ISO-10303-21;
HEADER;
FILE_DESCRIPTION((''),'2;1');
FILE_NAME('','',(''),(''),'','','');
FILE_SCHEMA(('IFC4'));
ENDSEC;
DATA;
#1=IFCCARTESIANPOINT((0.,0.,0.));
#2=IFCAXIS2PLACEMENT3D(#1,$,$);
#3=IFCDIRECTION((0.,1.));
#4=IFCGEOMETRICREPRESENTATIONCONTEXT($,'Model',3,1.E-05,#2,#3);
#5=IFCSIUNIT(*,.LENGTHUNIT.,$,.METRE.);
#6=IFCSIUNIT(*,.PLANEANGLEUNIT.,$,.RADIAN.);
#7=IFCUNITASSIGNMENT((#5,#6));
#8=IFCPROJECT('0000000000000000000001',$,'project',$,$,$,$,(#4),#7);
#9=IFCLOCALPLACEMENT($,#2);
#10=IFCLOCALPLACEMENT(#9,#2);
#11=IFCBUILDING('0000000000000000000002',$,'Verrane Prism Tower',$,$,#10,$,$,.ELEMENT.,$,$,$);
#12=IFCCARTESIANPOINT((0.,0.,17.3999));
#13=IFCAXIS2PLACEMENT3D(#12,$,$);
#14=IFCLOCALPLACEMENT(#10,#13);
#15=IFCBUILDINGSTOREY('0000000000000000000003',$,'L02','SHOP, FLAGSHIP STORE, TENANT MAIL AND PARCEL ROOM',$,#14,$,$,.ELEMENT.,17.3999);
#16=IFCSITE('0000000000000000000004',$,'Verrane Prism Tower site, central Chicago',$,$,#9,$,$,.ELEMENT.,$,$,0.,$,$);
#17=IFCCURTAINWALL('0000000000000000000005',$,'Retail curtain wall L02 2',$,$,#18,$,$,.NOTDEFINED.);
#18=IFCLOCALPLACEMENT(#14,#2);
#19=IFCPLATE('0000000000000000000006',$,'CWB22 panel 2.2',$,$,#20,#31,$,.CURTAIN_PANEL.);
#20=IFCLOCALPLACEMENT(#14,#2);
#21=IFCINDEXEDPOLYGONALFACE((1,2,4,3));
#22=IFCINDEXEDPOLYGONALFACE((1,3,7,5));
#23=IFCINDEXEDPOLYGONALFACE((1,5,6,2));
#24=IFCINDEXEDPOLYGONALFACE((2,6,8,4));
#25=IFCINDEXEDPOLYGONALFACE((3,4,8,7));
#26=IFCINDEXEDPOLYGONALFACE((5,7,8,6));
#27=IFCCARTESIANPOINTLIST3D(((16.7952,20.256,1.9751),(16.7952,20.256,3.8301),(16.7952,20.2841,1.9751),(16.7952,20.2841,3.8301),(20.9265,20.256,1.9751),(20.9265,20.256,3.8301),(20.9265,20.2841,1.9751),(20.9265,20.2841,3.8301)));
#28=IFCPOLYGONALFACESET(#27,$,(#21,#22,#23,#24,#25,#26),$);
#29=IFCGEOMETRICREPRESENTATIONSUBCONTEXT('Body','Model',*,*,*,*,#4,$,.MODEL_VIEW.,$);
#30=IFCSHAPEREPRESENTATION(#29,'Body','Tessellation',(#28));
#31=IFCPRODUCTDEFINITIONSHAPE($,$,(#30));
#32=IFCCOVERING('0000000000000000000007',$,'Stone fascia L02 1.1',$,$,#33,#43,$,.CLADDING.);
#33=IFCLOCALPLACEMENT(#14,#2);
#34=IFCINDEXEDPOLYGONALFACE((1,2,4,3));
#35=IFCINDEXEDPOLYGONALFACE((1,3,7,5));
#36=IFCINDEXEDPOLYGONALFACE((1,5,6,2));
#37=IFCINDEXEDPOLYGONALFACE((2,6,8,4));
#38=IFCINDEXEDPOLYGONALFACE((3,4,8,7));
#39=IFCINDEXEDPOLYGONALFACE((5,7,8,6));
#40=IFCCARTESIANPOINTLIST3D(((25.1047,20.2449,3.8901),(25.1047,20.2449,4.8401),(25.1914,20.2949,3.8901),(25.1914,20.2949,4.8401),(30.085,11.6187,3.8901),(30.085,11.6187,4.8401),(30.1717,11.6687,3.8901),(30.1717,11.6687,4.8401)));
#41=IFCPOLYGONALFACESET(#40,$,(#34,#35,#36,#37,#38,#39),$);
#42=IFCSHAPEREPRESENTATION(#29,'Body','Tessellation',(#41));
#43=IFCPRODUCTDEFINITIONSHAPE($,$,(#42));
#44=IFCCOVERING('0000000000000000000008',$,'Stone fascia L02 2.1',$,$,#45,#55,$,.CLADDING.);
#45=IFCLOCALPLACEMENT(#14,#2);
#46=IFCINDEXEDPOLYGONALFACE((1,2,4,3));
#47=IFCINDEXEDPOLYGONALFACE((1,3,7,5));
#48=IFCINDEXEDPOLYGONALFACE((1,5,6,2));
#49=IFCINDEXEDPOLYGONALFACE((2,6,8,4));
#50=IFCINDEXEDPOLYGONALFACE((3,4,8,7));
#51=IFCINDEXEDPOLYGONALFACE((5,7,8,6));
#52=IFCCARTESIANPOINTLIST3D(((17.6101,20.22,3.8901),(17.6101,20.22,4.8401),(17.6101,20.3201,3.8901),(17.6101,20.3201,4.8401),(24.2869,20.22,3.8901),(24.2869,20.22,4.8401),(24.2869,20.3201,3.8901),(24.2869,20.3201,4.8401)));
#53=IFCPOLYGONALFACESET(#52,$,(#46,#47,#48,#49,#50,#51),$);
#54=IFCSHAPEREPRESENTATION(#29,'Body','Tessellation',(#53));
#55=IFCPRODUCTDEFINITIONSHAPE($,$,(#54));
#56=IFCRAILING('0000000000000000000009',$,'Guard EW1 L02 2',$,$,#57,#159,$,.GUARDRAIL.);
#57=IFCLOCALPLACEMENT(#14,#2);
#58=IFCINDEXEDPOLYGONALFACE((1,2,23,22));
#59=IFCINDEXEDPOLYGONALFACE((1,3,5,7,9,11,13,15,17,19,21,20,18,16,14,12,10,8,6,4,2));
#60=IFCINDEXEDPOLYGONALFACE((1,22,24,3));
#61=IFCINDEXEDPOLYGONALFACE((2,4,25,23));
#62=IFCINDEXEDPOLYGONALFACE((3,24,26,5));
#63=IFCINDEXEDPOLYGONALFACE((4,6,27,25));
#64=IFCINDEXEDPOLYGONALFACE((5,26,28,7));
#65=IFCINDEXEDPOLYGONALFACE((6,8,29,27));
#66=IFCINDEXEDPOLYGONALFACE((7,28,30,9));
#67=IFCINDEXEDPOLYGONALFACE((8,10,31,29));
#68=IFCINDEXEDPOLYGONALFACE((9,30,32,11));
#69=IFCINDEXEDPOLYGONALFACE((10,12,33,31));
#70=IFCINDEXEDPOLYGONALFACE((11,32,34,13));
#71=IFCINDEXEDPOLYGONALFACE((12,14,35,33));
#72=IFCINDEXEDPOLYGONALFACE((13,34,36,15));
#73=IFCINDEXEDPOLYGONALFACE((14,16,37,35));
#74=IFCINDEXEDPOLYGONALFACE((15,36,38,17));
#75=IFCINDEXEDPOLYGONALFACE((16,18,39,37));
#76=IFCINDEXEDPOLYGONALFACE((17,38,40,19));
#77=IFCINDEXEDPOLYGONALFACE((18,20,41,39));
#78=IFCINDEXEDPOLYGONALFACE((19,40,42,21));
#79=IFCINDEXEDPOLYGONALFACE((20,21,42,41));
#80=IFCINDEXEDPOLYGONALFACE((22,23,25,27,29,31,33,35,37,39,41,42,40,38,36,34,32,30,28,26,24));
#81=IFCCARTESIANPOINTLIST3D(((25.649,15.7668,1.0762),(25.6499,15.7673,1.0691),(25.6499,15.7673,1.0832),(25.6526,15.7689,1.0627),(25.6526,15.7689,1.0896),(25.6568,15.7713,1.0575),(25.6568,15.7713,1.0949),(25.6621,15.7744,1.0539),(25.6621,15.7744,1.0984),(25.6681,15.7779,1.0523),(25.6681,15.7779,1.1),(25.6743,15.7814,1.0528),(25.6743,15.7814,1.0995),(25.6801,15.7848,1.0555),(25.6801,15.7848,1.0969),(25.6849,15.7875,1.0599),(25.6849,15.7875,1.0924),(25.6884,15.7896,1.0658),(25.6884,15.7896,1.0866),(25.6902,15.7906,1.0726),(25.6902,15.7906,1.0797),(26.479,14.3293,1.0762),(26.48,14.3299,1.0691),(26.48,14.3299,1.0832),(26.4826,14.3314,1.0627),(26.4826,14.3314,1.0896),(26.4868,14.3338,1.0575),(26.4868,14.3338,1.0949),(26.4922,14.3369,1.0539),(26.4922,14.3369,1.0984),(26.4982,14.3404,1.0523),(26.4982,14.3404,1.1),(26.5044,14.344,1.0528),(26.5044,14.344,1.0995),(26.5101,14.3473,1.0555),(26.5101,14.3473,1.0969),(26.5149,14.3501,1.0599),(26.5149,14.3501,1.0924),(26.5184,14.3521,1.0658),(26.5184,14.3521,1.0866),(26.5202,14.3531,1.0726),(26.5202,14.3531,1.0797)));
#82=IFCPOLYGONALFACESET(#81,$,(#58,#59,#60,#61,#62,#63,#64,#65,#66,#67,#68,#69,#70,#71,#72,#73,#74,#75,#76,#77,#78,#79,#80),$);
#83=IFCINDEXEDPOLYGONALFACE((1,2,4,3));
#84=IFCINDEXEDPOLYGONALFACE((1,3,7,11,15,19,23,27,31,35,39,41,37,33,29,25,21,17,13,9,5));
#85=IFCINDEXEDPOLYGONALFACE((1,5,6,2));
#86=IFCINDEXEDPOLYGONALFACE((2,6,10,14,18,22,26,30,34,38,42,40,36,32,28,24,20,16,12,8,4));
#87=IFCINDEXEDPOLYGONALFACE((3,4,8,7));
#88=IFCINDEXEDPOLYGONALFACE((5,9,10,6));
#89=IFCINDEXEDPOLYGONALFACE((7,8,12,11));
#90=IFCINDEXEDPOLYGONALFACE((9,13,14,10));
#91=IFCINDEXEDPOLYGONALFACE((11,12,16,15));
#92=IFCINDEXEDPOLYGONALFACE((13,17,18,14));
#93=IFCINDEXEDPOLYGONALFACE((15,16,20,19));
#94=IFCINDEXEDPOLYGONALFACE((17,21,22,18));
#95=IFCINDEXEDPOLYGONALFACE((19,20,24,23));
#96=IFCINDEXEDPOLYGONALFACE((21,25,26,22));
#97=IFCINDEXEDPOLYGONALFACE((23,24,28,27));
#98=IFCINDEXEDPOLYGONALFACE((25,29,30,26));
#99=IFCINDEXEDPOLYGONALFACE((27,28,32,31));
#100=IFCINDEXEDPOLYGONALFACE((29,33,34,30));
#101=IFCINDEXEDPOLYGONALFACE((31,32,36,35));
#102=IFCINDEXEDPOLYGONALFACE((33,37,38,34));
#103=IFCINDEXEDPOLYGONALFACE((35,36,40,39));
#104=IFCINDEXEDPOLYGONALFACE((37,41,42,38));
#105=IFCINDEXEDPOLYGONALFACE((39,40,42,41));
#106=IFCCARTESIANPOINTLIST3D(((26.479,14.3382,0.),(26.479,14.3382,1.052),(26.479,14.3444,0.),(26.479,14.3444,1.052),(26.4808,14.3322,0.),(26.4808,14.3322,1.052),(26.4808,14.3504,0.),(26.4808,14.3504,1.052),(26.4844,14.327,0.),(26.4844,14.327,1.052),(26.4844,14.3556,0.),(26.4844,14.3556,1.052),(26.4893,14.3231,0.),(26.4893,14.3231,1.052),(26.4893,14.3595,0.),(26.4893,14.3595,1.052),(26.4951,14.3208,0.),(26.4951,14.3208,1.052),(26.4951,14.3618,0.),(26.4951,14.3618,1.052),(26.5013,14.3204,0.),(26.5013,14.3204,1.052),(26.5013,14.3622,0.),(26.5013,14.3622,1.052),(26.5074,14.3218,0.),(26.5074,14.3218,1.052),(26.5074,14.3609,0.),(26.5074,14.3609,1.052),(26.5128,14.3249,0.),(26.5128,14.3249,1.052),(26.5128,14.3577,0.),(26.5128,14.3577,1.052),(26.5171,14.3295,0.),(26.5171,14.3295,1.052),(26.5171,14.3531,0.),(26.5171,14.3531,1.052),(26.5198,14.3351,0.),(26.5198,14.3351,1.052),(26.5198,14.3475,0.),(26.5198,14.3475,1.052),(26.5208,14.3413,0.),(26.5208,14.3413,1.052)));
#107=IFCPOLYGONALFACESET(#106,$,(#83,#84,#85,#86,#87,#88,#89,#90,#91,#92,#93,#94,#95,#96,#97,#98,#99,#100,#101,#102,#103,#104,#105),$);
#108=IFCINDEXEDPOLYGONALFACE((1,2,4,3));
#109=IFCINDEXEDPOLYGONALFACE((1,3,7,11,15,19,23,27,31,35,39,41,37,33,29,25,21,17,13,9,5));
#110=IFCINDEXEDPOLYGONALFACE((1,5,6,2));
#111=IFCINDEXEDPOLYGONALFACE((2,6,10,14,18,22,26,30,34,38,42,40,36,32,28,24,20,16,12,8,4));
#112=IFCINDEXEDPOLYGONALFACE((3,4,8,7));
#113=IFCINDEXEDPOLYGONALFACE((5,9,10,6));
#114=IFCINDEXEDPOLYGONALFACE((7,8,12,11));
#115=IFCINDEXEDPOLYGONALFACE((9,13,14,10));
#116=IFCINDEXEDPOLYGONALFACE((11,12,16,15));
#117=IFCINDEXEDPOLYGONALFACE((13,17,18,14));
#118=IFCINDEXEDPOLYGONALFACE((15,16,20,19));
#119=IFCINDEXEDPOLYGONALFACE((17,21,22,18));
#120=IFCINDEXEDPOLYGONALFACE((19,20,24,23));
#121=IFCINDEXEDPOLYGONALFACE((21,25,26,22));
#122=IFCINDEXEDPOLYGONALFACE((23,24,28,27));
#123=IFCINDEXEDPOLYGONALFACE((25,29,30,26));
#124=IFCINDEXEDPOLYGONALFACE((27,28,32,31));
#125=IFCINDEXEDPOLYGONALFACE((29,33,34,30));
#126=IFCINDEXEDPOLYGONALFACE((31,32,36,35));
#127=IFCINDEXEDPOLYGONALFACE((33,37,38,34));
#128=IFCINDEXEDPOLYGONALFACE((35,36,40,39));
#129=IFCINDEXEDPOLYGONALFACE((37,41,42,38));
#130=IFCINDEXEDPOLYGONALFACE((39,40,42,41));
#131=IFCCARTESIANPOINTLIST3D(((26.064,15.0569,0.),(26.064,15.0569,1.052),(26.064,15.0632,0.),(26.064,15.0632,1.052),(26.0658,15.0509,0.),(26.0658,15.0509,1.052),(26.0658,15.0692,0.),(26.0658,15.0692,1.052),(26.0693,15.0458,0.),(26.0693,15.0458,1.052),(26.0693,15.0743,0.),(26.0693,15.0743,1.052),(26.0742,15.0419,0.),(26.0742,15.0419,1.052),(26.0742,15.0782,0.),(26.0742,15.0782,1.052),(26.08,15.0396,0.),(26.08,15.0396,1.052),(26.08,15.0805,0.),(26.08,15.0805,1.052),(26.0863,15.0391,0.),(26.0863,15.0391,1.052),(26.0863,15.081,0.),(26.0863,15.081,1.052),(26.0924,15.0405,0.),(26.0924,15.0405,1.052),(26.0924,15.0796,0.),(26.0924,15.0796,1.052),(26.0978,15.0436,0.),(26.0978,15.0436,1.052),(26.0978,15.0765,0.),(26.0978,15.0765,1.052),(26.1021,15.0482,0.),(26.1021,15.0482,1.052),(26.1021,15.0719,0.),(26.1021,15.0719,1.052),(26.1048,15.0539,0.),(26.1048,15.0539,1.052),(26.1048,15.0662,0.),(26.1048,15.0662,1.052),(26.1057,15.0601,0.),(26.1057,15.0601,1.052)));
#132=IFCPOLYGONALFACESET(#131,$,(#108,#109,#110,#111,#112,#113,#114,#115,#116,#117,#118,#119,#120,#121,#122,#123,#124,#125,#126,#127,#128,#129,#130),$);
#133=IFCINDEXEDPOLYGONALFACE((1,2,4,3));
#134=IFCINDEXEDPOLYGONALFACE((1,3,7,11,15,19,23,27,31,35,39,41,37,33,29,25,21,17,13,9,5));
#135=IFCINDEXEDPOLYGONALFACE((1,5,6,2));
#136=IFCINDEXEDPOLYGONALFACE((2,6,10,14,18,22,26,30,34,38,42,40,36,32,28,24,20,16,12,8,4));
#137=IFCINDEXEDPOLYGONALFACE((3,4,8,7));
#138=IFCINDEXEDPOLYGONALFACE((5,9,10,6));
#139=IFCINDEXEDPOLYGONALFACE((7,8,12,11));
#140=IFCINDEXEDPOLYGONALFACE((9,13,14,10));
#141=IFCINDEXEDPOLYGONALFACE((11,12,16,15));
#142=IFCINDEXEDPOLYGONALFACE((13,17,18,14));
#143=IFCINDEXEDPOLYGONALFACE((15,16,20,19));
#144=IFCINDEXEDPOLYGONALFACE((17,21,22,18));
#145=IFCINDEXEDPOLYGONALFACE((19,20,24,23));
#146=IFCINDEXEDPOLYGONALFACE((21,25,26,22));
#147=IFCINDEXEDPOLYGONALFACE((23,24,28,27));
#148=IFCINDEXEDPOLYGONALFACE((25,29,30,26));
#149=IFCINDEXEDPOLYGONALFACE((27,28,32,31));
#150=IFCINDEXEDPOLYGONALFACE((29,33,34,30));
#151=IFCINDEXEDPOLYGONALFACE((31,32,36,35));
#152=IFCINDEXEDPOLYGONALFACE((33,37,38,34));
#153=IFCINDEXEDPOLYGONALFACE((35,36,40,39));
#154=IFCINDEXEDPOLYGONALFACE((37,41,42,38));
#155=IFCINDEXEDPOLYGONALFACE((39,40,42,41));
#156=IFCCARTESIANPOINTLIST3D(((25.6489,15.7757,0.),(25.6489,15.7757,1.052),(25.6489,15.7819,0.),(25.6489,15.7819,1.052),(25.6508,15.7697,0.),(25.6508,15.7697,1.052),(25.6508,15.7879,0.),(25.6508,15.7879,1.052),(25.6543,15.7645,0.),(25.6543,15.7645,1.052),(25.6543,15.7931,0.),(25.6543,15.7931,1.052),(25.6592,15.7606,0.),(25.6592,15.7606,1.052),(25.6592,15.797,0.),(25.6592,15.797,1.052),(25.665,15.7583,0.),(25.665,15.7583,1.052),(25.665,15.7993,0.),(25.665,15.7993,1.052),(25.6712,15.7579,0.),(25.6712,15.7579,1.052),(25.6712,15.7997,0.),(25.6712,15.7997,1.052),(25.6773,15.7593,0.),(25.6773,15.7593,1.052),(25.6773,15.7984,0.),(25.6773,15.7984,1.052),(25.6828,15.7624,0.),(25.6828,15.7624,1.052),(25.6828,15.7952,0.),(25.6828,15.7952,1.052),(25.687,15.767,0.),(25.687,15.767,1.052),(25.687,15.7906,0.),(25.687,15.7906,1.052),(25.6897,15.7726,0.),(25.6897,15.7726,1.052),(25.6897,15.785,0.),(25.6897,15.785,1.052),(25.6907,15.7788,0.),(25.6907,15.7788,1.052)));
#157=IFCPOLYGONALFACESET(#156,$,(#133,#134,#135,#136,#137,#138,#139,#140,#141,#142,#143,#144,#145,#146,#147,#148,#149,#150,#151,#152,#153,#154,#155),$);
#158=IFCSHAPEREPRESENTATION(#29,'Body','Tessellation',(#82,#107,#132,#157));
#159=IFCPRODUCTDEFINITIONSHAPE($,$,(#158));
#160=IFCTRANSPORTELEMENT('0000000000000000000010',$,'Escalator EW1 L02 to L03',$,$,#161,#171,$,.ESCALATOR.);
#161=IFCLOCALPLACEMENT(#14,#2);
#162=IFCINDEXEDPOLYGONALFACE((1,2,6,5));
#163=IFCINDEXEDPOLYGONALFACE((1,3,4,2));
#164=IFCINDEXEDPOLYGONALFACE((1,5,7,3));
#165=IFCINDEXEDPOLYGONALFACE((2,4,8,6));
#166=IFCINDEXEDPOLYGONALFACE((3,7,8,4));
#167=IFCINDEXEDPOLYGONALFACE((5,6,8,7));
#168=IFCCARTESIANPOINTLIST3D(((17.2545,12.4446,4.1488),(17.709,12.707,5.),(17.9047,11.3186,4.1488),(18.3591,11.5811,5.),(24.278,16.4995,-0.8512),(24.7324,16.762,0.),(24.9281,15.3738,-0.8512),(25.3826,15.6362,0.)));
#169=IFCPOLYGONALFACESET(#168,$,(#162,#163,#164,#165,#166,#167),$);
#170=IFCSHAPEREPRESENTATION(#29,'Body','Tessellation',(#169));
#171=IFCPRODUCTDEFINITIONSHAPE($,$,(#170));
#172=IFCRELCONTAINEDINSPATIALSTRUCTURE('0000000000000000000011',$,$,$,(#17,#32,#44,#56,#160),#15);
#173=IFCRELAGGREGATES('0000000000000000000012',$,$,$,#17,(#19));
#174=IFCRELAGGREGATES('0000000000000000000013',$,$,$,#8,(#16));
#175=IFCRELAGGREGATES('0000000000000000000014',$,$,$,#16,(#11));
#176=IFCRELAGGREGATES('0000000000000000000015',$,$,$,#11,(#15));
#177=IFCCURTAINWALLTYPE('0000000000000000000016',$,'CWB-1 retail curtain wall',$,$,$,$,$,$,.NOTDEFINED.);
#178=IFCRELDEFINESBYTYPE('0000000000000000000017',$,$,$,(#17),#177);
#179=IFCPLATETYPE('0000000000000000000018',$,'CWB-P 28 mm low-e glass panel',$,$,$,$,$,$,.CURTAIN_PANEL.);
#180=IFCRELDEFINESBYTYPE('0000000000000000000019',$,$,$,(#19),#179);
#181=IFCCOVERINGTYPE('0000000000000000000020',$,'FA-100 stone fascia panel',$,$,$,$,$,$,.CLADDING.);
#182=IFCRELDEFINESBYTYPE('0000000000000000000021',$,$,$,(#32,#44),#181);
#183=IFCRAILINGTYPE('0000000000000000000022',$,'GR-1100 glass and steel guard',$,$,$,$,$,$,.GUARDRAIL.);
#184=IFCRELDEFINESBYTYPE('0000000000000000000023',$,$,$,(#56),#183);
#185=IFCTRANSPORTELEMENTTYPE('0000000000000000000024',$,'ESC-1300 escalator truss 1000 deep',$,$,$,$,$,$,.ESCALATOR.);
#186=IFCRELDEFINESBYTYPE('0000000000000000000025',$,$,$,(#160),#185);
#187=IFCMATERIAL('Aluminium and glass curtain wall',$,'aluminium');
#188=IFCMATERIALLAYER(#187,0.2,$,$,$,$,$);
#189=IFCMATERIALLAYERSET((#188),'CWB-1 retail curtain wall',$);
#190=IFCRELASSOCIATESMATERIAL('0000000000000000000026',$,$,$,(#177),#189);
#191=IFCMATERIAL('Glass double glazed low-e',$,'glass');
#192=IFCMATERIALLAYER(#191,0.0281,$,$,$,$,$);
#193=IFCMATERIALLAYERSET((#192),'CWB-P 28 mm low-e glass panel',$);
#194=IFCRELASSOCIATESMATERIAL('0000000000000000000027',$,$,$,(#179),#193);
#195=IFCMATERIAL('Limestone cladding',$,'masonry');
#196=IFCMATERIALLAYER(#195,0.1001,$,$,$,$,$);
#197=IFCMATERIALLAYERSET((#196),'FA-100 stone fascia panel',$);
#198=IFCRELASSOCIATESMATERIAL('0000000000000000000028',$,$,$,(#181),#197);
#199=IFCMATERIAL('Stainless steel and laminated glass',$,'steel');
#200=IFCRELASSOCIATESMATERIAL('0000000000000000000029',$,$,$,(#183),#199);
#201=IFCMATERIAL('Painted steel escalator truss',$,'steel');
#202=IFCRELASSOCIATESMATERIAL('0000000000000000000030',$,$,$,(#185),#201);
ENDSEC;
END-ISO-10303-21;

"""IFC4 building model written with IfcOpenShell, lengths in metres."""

from ifc_helpers import new_model, si_unit, direction, frame, origin, origin_2d, place, context, subcontext, project, spatial, polyline, rectangle, circle, outline, extrude, material, layer, layer_set, type_object, element, aggregate, save


model = new_model("IFC4")

# Units and contexts
model_context = context("Model", 3, precision=1e-05, world=origin(), true_north=direction((0.0, 1.0)))
body_context = subcontext(model_context, "Body", "Model", "MODEL_VIEW")
ifc_project = project(units=[si_unit("LENGTHUNIT", "METRE"), si_unit("PLANEANGLEUNIT", "RADIAN")], contexts=[model_context])

# Site, building, storey
site_placement = place(None, origin())
site = spatial("IfcSite", under=ifc_project, at=site_placement, Name="Verrane Prism Tower site, central Chicago", CompositionType="ELEMENT", RefElevation=0.0)
building_placement = place(site_placement, origin())
building = spatial("IfcBuilding", under=site, at=building_placement, Name="Verrane Prism Tower", CompositionType="ELEMENT")
storey_placement = place(building_placement, frame((0.0, 0.0, 17.3999)))
storey = spatial("IfcBuildingStorey", under=building, at=storey_placement, Name="L02", Description="SHOP, FLAGSHIP STORE, TENANT MAIL AND PARCEL ROOM", CompositionType="ELEMENT", Elevation=17.3999)

# Curtain wall
ifc_material_1 = material(Name="Aluminium and glass curtain wall", Category="aluminium")
ifc_layer_1 = layer(ifc_material_1, 0.2)
ifc_layer_set_1 = layer_set([ifc_layer_1], Name="CWB-1 retail curtain wall")
curtain_wall_type = type_object("IfcCurtainWallType", Name="CWB-1 retail curtain wall", PredefinedType="NOTDEFINED", material=ifc_layer_set_1)
curtain_wall_1_placement = place(storey_placement, origin())
curtain_wall_1 = element("IfcCurtainWall", 1, at=curtain_wall_1_placement, inside=storey, type_object=curtain_wall_type, Name="Retail curtain wall L02 2", PredefinedType="NOTDEFINED")

# Plate
ifc_material_2 = material(Name="Glass double glazed low-e", Category="glass")
ifc_layer_2 = layer(ifc_material_2, 0.0281)
ifc_layer_set_2 = layer_set([ifc_layer_2], Name="CWB-P 28 mm low-e glass panel")
plate_type = type_object("IfcPlateType", Name="CWB-P 28 mm low-e glass panel", PredefinedType="CURTAIN_PANEL", material=ifc_layer_set_2)
plate_1_placement = place(storey_placement, frame((18.8608, 20.27, 1.9751), z_axis=(0.0, 0.0, 1.0), x_axis=(-1.0, 0.0, 0.0)))
plate_1 = element("IfcPlate", 2, at=plate_1_placement, type_object=plate_type, Name="CWB22 panel 2.2", PredefinedType="CURTAIN_PANEL", context=body_context, shape_type="SweptSolid", body=[
    extrude(rectangle(XDim=4.1313, YDim=0.0281, at=origin_2d()), origin(), (0.0, 0.0, 1.0), 1.855),
])
aggregate(curtain_wall_1, [plate_1])

# Coverings
ifc_material_3 = material(Name="Limestone cladding", Category="masonry")
ifc_layer_3 = layer(ifc_material_3, 0.1001)
ifc_layer_set_3 = layer_set([ifc_layer_3], Name="FA-100 stone fascia panel")
covering_type = type_object("IfcCoveringType", Name="FA-100 stone fascia panel", PredefinedType="CLADDING", material=ifc_layer_set_3)
covering_1_placement = place(storey_placement, frame((27.6382, 15.9568, 3.8901), z_axis=(0.0, 0.0, 1.0), x_axis=(-0.499999, 0.866026, 0.0)))
element("IfcCovering", 3, at=covering_1_placement, inside=storey, type_object=covering_type, Name="Stone fascia L02 1.1", PredefinedType="CLADDING", context=body_context, shape_type="SweptSolid", body=[
    extrude(rectangle(XDim=9.9607, YDim=0.1001, at=origin_2d()), origin(), (0.0, 0.0, 1.0), 0.95),
])
covering_2_placement = place(storey_placement, frame((20.9485, 20.27, 3.8901), z_axis=(0.0, 0.0, 1.0), x_axis=(-1.0, 0.0, 0.0)))
element("IfcCovering", 4, at=covering_2_placement, inside=storey, type_object=covering_type, Name="Stone fascia L02 2.1", PredefinedType="CLADDING", context=body_context, shape_type="SweptSolid", body=[
    extrude(rectangle(XDim=6.6768, YDim=0.1001, at=origin_2d()), origin(), (0.0, 0.0, 1.0), 0.95),
])

# Railing
ifc_material_4 = material(Name="Stainless steel and laminated glass", Category="steel")
railing_type = type_object("IfcRailingType", Name="GR-1100 glass and steel guard", PredefinedType="GUARDRAIL", material=ifc_material_4)
railing_1_placement = place(storey_placement, frame((26.4998, 14.3413, 0.0)))
element("IfcRailing", 5, at=railing_1_placement, inside=storey, type_object=railing_type, Name="Guard EW1 L02 2", PredefinedType="GUARDRAIL", context=body_context, shape_type="SweptSolid", body=[
    extrude(circle(Radius=0.0239, at=origin_2d()), frame((0.0, 0.0, 1.0762), z_axis=(-0.500062, 0.86599, 0.0), x_axis=(-0.86599, -0.500062, 0.0)), (0.0, 0.0, 1.0), 1.6599),
    extrude(circle(Radius=0.021, at=origin_2d()), origin(), (0.0, 0.0, 1.0), 1.052),
    extrude(circle(Radius=0.021, at=origin_2d()), frame((-0.415, 0.7188, 0.0)), (0.0, 0.0, 1.0), 1.052),
    extrude(circle(Radius=0.021, at=origin_2d()), frame((-0.8301, 1.4375, 0.0)), (0.0, 0.0, 1.0), 1.052),
])

# Transport element
ifc_material_5 = material(Name="Painted steel escalator truss", Category="steel")
transport_element_type = type_object("IfcTransportElementType", Name="ESC-1300 escalator truss 1000 deep", PredefinedType="ESCALATOR", material=ifc_material_5)
transport_element_placement = place(storey_placement, frame((25.3826, 15.6362, 0.0), z_axis=(0.454467, 0.262441, 0.851226), x_axis=(-0.737174, -0.425628, 0.5248)))
element("IfcTransportElement", 6, at=transport_element_placement, inside=storey, type_object=transport_element_type, Name="Escalator EW1 L02 to L03", PredefinedType="ESCALATOR", context=body_context, shape_type="SweptSolid", body=[
    extrude(outline(polyline([(0.0, 0.0), (9.5275, 0.0), (9.5275, -1.3002), (0.0001, -1.3), (0.0, 0.0)])), origin(), (0.0, 0.0, -1.0), 1.0),
])

save(model, "model.ifc")
